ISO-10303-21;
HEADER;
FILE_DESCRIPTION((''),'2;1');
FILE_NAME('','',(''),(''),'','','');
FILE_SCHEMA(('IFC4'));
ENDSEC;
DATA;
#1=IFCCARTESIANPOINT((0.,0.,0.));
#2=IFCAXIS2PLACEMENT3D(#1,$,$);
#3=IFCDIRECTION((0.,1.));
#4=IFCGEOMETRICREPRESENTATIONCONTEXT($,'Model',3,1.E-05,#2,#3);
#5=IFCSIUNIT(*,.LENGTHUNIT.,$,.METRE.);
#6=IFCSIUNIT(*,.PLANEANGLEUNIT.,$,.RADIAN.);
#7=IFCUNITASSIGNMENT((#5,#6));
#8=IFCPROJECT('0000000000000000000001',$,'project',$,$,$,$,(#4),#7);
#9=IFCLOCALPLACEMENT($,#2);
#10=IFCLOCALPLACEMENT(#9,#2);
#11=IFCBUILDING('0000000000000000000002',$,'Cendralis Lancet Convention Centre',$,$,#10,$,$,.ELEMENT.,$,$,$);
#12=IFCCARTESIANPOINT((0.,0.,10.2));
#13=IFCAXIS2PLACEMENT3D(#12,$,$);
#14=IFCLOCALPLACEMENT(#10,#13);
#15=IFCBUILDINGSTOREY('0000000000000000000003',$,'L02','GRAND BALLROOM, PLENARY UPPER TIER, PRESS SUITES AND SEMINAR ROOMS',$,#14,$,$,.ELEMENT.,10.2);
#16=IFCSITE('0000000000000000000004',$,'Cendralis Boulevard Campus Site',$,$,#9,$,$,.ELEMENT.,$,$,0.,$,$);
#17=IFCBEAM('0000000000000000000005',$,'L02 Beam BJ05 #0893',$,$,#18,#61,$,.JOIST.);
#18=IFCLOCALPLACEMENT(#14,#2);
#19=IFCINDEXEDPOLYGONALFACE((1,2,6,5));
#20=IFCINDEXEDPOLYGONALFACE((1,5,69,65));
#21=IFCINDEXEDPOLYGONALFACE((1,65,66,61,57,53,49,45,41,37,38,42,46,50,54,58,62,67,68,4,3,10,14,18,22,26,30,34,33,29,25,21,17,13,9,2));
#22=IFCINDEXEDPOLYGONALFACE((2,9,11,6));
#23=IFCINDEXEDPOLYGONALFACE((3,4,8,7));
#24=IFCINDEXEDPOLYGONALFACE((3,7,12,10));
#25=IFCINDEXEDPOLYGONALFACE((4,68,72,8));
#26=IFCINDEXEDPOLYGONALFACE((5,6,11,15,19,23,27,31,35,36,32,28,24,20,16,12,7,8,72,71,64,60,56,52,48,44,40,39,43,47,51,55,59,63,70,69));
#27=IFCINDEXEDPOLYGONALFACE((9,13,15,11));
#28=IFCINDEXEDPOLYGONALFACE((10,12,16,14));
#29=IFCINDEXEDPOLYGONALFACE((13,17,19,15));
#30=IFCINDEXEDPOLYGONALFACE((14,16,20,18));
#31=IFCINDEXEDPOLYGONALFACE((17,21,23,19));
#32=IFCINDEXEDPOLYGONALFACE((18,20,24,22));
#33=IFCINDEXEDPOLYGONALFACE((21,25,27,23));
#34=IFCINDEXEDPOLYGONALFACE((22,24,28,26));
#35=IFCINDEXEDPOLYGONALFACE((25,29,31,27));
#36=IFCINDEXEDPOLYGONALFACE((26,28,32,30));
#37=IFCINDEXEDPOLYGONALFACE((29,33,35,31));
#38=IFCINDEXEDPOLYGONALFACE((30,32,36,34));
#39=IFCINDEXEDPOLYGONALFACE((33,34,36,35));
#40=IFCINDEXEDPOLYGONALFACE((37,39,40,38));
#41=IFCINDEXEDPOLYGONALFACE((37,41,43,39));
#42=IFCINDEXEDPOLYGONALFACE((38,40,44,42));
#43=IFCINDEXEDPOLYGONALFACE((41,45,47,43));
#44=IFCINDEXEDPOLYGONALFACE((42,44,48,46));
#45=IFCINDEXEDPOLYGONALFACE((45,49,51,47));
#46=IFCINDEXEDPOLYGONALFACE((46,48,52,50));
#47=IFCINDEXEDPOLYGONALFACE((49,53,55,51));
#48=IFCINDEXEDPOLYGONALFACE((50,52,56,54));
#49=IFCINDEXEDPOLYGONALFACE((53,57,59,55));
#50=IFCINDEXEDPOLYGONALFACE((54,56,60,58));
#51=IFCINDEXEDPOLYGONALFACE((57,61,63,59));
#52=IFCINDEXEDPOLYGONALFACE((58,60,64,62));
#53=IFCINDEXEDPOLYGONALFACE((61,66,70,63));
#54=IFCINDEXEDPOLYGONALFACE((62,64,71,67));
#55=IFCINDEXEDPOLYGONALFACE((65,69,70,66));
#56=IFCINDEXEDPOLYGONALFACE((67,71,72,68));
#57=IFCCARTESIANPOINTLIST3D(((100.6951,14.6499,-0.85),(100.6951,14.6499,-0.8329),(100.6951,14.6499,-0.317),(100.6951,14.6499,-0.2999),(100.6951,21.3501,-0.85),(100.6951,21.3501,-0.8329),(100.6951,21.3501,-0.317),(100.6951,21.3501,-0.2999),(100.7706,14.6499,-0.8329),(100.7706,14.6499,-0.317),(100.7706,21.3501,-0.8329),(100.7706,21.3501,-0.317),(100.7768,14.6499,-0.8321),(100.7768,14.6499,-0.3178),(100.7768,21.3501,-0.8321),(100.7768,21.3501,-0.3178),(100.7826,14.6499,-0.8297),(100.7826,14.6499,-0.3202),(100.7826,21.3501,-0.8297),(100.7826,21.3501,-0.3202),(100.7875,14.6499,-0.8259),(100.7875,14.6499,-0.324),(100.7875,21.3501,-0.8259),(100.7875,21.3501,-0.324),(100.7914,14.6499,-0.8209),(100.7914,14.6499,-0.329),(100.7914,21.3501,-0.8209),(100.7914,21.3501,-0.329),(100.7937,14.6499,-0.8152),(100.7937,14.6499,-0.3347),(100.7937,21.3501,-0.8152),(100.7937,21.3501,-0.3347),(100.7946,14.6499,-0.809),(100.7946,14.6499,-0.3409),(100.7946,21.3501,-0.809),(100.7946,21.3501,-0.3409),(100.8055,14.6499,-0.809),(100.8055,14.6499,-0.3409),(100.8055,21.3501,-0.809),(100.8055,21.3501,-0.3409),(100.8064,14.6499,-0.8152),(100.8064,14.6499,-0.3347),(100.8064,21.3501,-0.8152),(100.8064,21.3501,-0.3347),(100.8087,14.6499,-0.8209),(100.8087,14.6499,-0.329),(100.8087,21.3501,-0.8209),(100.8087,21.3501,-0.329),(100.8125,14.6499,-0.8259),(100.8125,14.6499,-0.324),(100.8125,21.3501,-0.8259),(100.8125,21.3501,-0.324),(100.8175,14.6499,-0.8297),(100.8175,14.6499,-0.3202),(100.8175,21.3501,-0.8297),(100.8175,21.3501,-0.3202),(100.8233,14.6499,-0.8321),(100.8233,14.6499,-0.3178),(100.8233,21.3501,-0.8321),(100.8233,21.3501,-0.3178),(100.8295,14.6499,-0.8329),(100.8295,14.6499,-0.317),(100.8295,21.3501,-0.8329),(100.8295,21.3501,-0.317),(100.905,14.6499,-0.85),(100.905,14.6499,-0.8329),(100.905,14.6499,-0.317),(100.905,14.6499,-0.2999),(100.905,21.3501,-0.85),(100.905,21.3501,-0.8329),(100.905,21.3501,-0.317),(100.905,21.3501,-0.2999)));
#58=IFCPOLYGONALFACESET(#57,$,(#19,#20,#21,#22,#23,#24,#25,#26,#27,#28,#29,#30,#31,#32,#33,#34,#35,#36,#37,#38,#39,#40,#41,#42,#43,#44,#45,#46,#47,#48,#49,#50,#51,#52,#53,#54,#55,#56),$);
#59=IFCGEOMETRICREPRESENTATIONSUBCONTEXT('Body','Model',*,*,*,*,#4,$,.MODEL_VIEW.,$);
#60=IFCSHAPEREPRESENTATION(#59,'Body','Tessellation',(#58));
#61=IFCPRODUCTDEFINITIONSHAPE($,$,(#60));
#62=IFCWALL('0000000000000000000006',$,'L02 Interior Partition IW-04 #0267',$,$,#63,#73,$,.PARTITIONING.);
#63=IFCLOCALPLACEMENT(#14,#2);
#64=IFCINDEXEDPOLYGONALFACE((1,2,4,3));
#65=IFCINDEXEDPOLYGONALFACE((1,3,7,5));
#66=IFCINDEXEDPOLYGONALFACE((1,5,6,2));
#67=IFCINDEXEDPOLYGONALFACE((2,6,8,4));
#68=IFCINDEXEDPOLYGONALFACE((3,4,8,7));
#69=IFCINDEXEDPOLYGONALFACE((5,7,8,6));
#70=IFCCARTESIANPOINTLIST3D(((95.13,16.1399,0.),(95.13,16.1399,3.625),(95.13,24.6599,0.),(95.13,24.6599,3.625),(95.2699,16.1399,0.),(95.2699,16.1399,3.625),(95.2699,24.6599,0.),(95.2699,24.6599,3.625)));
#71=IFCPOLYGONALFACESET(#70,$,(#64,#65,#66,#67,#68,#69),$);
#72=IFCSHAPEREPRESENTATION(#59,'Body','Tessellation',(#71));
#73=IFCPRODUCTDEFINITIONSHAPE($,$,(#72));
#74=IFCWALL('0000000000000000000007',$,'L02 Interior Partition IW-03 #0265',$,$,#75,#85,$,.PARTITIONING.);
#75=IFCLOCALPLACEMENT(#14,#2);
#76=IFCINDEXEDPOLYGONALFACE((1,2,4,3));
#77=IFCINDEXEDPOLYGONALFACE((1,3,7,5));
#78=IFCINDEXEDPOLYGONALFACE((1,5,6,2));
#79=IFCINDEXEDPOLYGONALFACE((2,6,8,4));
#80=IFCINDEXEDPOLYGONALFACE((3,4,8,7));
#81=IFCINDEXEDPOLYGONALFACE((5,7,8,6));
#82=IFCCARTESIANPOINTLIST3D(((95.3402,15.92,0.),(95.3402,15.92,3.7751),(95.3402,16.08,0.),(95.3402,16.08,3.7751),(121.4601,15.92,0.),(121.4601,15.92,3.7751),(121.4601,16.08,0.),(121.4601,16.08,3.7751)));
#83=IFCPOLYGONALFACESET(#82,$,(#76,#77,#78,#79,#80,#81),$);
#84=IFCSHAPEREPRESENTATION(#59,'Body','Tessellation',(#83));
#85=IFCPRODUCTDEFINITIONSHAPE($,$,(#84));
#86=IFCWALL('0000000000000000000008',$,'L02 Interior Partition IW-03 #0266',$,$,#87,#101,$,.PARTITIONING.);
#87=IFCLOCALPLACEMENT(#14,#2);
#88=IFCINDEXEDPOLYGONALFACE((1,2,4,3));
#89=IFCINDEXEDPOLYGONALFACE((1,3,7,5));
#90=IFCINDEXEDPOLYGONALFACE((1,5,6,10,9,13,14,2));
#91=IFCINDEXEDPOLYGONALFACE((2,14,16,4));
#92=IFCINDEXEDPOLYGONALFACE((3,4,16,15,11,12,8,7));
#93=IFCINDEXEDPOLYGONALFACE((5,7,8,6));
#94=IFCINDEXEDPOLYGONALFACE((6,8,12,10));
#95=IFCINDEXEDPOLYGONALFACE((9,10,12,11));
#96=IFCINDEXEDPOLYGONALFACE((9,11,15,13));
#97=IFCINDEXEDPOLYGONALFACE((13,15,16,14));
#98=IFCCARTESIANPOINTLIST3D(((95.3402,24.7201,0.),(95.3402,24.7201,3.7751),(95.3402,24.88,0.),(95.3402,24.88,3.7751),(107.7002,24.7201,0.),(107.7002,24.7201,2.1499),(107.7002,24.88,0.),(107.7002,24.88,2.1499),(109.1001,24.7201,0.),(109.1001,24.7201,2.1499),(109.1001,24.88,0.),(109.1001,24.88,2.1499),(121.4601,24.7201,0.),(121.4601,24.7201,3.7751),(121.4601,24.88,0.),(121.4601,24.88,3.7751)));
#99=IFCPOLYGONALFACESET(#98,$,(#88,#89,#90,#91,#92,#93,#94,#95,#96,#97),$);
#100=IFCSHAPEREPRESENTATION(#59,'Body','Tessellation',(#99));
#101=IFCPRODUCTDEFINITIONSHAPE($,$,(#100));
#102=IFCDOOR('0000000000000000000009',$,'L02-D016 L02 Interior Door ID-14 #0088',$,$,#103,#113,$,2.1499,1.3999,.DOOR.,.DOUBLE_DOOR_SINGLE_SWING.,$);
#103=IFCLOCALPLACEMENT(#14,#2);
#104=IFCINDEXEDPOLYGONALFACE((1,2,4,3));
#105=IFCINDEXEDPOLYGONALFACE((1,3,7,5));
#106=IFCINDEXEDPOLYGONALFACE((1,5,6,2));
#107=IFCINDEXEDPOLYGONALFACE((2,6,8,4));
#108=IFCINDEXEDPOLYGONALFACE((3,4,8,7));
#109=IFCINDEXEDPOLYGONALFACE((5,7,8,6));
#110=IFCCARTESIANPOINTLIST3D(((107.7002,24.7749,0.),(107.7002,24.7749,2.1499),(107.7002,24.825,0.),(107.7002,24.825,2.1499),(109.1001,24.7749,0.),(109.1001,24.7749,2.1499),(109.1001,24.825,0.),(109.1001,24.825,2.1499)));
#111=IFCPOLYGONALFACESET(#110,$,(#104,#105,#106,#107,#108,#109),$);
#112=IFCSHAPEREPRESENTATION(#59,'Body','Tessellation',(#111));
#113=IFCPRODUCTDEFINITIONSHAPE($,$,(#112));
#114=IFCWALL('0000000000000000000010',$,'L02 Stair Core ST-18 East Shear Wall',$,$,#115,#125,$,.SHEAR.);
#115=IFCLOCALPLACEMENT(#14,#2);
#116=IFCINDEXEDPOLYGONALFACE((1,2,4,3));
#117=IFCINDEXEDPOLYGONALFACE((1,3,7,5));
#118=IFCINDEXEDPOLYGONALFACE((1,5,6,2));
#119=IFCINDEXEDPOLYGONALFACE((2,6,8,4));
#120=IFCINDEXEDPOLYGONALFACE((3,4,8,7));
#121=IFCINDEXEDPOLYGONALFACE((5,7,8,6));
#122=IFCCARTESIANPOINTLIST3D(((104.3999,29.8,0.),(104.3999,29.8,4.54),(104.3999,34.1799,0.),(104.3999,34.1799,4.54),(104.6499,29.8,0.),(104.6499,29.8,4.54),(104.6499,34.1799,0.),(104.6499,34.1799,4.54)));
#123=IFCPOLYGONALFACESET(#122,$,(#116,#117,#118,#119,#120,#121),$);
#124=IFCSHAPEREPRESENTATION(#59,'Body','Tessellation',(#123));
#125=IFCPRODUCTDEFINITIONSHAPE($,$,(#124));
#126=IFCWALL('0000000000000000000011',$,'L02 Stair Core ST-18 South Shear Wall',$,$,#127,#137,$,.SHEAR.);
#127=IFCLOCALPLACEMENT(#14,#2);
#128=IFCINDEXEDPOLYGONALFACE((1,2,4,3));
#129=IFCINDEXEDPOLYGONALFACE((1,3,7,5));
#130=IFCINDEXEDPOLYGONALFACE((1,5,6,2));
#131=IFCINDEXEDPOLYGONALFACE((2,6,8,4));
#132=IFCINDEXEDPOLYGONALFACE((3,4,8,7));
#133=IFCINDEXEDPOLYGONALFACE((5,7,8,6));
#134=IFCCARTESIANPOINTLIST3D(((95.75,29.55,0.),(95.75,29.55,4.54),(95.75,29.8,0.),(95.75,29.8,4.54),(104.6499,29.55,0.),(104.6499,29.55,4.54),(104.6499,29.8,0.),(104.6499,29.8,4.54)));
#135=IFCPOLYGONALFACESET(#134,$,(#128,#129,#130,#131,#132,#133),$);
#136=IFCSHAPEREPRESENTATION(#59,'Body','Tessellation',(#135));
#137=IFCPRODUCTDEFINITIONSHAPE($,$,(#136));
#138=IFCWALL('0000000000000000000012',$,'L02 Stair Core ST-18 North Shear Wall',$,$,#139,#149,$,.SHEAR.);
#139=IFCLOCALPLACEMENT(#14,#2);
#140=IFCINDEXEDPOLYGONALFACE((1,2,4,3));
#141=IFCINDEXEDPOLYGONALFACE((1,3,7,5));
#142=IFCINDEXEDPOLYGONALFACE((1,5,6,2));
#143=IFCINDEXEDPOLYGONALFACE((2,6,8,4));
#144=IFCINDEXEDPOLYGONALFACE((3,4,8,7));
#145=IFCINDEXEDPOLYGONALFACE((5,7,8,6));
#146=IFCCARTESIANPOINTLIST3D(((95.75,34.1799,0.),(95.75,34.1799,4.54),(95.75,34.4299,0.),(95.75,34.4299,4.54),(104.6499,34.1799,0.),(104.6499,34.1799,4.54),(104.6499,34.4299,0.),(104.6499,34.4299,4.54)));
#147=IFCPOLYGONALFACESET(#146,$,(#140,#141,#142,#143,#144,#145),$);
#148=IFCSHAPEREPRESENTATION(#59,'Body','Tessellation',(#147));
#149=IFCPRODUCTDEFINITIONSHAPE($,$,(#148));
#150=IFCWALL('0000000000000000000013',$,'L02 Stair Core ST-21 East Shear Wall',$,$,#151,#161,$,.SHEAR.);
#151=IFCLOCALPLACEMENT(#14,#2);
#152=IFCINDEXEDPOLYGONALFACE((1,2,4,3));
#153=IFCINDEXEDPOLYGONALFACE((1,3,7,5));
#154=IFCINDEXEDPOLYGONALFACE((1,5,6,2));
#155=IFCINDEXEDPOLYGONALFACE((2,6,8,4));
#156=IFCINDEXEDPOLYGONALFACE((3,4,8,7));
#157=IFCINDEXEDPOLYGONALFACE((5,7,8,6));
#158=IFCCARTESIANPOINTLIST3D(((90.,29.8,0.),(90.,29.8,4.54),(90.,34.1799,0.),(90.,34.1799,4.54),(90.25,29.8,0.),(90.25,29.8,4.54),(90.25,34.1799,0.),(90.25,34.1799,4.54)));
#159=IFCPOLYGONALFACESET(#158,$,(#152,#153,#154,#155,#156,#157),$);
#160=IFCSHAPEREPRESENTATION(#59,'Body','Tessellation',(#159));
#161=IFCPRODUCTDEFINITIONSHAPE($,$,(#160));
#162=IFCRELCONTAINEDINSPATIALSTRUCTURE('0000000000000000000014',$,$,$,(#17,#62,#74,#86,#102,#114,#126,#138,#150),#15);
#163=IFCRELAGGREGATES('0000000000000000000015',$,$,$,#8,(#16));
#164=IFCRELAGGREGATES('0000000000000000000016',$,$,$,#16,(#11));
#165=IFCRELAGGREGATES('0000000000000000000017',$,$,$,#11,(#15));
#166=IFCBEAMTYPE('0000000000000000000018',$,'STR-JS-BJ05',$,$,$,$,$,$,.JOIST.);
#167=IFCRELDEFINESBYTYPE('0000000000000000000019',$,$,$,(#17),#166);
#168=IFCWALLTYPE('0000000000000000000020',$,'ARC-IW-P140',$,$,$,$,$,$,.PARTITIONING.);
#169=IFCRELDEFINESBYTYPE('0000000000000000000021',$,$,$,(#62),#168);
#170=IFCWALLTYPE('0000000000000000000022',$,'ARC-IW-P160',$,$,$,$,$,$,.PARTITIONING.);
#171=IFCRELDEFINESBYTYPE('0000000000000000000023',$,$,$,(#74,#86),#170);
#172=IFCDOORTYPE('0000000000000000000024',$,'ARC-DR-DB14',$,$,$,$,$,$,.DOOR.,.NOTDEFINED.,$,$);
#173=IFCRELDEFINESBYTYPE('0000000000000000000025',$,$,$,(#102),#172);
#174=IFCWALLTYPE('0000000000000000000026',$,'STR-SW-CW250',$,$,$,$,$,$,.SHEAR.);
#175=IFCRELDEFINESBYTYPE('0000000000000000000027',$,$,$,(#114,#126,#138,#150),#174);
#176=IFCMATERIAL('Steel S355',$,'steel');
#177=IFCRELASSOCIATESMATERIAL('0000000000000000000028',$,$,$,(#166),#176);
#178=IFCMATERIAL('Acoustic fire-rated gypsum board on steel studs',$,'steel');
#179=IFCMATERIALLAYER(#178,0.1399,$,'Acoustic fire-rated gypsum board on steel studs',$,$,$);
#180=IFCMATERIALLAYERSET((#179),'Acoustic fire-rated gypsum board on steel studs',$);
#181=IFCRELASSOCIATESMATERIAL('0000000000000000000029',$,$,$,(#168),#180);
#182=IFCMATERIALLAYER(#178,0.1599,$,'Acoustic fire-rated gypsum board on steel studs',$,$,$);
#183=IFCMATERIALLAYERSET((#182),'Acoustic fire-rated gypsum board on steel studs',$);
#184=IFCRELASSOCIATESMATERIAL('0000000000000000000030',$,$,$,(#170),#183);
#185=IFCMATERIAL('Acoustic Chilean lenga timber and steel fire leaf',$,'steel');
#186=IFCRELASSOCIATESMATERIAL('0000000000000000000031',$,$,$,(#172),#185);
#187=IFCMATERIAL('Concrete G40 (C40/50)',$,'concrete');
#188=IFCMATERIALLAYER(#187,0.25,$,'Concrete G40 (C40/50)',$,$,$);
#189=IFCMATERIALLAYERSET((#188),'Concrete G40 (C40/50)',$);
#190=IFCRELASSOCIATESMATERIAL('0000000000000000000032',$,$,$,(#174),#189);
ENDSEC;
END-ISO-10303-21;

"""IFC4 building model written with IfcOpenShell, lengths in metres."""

from ifc_helpers import new_model, si_unit, direction, frame, frame_2d, origin, origin_2d, place, context, subcontext, project, spatial, rectangle, i_section, extrude, material, layer, layer_set, material_profile, profile_set, type_object, element, fill, save


model = new_model("IFC4")

# Units and contexts
model_context = context("Model", 3, precision=1e-05, world=origin(), true_north=direction((0.0, 1.0)))
body_context = subcontext(model_context, "Body", "Model", "MODEL_VIEW")
ifc_project = project(units=[si_unit("LENGTHUNIT", "METRE"), si_unit("PLANEANGLEUNIT", "RADIAN")], contexts=[model_context])

# Site, building, storey
site_placement = place(None, origin())
site = spatial("IfcSite", under=ifc_project, at=site_placement, Name="Cendralis Boulevard Campus Site", CompositionType="ELEMENT", RefElevation=0.0)
building_placement = place(site_placement, origin())
building = spatial("IfcBuilding", under=site, at=building_placement, Name="Cendralis Lancet Convention Centre", CompositionType="ELEMENT")
storey_placement = place(building_placement, frame((0.0, 0.0, 10.2)))
storey = spatial("IfcBuildingStorey", under=building, at=storey_placement, Name="L02", Description="GRAND BALLROOM, PLENARY UPPER TIER, PRESS SUITES AND SEMINAR ROOMS", CompositionType="ELEMENT", Elevation=10.2)

# Shared definitions
ifc_material_1 = material(Name="Steel S355", Category="steel")

# Beam
ifc_material_2 = material(Name="Concrete G40 (C40/50)", Category="concrete")
ifc_material_profile_1 = material_profile(ifc_material_1, i_section(OverallWidth=0.21, OverallDepth=0.55, WebThickness=0.011, FlangeThickness=0.0171, FilletRadius=0.0239, at=origin_2d()), Name="IPE 550")
ifc_profile_set_1 = profile_set([ifc_material_profile_1], Name="Steel S355")
beam_type_1 = type_object("IfcBeamType", Name="STR-JS-BJ05", PredefinedType="JOIST", material=ifc_profile_set_1)
for number, where, z_axis, x_axis, name in (
    (1, (100.8, 14.6499, -0.575), (0.0, 1.0, 0.0), (-1.0, 0.0, 0.0), "L02 Beam BJ05 #0893"),
):
    element("IfcBeam", number, at=place(storey_placement, frame(where, z_axis=z_axis, x_axis=x_axis)), inside=storey, type_object=beam_type_1, Name=name, PredefinedType="JOIST", context=body_context, shape_type="SweptSolid", body=[
        extrude(i_section(OverallWidth=0.21, OverallDepth=0.55, WebThickness=0.011, FlangeThickness=0.0171, FilletRadius=0.0239, at=origin_2d()), origin(), (0.0, 0.0, 1.0), 6.7002),
    ])

# Walls
ifc_material_3 = material(Name="Acoustic fire-rated gypsum board on steel studs", Category="steel")
ifc_layer_1 = layer(ifc_material_3, 0.1399, Name="Acoustic fire-rated gypsum board on steel studs")
ifc_layer_set_1 = layer_set([ifc_layer_1], Name="Acoustic fire-rated gypsum board on steel studs")
wall_type_1 = type_object("IfcWallType", Name="ARC-IW-P140", PredefinedType="PARTITIONING", material=ifc_layer_set_1)
wall_1_placement = place(storey_placement, frame((95.2, 16.1399, 0.0), z_axis=(0.0, 0.0, 1.0), x_axis=(0.0, 1.0, 0.0)))
element("IfcWall", 2, at=wall_1_placement, inside=storey, type_object=wall_type_1, Name="L02 Interior Partition IW-04 #0267", PredefinedType="PARTITIONING", context=body_context, shape_type="SweptSolid", body=[
    extrude(rectangle(XDim=8.52, YDim=0.1399, at=frame_2d((4.26, 0.0))), origin(), (0.0, 0.0, 1.0), 3.625),
])
ifc_layer_2 = layer(ifc_material_3, 0.1599, Name="Acoustic fire-rated gypsum board on steel studs")
ifc_layer_set_2 = layer_set([ifc_layer_2], Name="Acoustic fire-rated gypsum board on steel studs")
wall_type_2 = type_object("IfcWallType", Name="ARC-IW-P160", PredefinedType="PARTITIONING", material=ifc_layer_set_2)
wall_2_placement = place(storey_placement, frame((95.3401, 16.0, 0.0), z_axis=(0.0, 0.0, 1.0), x_axis=(1.0, 0.0, 0.0)))
element("IfcWall", 3, at=wall_2_placement, inside=storey, type_object=wall_type_2, Name="L02 Interior Partition IW-03 #0265", PredefinedType="PARTITIONING", context=body_context, shape_type="SweptSolid", body=[
    extrude(rectangle(XDim=26.1199, YDim=0.1599, at=frame_2d((13.0601, 0.0))), origin(), (0.0, 0.0, 1.0), 3.7751),
])

# Wall, opening, door
wall_3_placement = place(storey_placement, frame((95.3401, 24.8, 0.0), z_axis=(0.0, 0.0, 1.0), x_axis=(1.0, 0.0, 0.0)))
wall_3 = element("IfcWall", 4, at=wall_3_placement, inside=storey, type_object=wall_type_2, Name="L02 Interior Partition IW-03 #0266", PredefinedType="PARTITIONING", context=body_context, shape_type="SweptSolid", body=[
    extrude(rectangle(XDim=26.1199, YDim=0.1599, at=frame_2d((13.0601, 0.0))), origin(), (0.0, 0.0, 1.0), 3.7751),
])
opening_1_placement = place(wall_3_placement, frame((12.3601, 0.0, 0.0)))
opening_1 = element("IfcOpeningElement", 5, at=opening_1_placement, cuts=wall_3, PredefinedType="OPENING", context=body_context, shape_type="SweptSolid", body=[
    extrude(rectangle(XDim=1.3999, YDim=2.1499, at=frame_2d((0.7, 1.075))), frame((0.0, 0.0898, 0.0), z_axis=(0.0, -1.0, 0.0), x_axis=(1.0, 0.0, 0.0)), (0.0, 0.0, 1.0), 0.1799),
])
ifc_material_4 = material(Name="Acoustic Chilean lenga timber and steel fire leaf", Category="steel")
door_type_1 = type_object("IfcDoorType", Name="ARC-DR-DB14", OperationType="NOTDEFINED", PredefinedType="DOOR", material=ifc_material_4)
door_1_placement = place(opening_1_placement, origin())
door_1 = element("IfcDoor", 6, at=door_1_placement, inside=storey, type_object=door_type_1, Name="L02-D016 L02 Interior Door ID-14 #0088", OperationType="DOUBLE_DOOR_SINGLE_SWING", OverallHeight=2.1499, OverallWidth=1.3999, PredefinedType="DOOR", context=body_context, shape_type="SweptSolid", body=[
    extrude(rectangle(XDim=1.3999, YDim=2.1499, at=frame_2d((0.7, 1.075))), frame((0.0, 0.0249, 0.0), z_axis=(0.0, -1.0, 0.0), x_axis=(1.0, 0.0, 0.0)), (0.0, 0.0, 1.0), 0.05),
])
fill(opening_1, door_1)
ifc_layer_3 = layer(ifc_material_2, 0.25, Name="Concrete G40 (C40/50)")
ifc_layer_set_3 = layer_set([ifc_layer_3], Name="Concrete G40 (C40/50)")
wall_type_3 = type_object("IfcWallType", Name="STR-SW-CW250", PredefinedType="SHEAR", material=ifc_layer_set_3)

# Walls
wall_4_placement = place(storey_placement, frame((104.5249, 29.8, 0.0), z_axis=(0.0, 0.0, 1.0), x_axis=(0.0, 1.0, 0.0)))
element("IfcWall", 7, at=wall_4_placement, inside=storey, type_object=wall_type_3, Name="L02 Stair Core ST-18 East Shear Wall", PredefinedType="SHEAR", context=body_context, shape_type="SweptSolid", body=[
    extrude(rectangle(XDim=4.3799, YDim=0.25, at=frame_2d((2.1899, 0.0))), origin(), (0.0, 0.0, 1.0), 4.54),
])
for number, where, z_axis, x_axis, name in (
    (8, (95.75, 29.675, 0.0), (0.0, 0.0, 1.0), (1.0, 0.0, 0.0), "L02 Stair Core ST-18 South Shear Wall"),
    (9, (95.75, 34.3049, 0.0), (0.0, 0.0, 1.0), (1.0, 0.0, 0.0), "L02 Stair Core ST-18 North Shear Wall"),
):
    element("IfcWall", number, at=place(storey_placement, frame(where, z_axis=z_axis, x_axis=x_axis)), inside=storey, type_object=wall_type_3, Name=name, PredefinedType="SHEAR", context=body_context, shape_type="SweptSolid", body=[
        extrude(rectangle(XDim=8.8999, YDim=0.25, at=frame_2d((4.45, 0.0))), origin(), (0.0, 0.0, 1.0), 4.54),
    ])
wall_5_placement = place(storey_placement, frame((90.125, 29.8, 0.0), z_axis=(0.0, 0.0, 1.0), x_axis=(0.0, 1.0, 0.0)))
element("IfcWall", 10, at=wall_5_placement, inside=storey, type_object=wall_type_3, Name="L02 Stair Core ST-21 East Shear Wall", PredefinedType="SHEAR", context=body_context, shape_type="SweptSolid", body=[
    extrude(rectangle(XDim=4.3799, YDim=0.25, at=frame_2d((2.1899, 0.0))), origin(), (0.0, 0.0, 1.0), 4.54),
])

save(model, "model.ifc")
